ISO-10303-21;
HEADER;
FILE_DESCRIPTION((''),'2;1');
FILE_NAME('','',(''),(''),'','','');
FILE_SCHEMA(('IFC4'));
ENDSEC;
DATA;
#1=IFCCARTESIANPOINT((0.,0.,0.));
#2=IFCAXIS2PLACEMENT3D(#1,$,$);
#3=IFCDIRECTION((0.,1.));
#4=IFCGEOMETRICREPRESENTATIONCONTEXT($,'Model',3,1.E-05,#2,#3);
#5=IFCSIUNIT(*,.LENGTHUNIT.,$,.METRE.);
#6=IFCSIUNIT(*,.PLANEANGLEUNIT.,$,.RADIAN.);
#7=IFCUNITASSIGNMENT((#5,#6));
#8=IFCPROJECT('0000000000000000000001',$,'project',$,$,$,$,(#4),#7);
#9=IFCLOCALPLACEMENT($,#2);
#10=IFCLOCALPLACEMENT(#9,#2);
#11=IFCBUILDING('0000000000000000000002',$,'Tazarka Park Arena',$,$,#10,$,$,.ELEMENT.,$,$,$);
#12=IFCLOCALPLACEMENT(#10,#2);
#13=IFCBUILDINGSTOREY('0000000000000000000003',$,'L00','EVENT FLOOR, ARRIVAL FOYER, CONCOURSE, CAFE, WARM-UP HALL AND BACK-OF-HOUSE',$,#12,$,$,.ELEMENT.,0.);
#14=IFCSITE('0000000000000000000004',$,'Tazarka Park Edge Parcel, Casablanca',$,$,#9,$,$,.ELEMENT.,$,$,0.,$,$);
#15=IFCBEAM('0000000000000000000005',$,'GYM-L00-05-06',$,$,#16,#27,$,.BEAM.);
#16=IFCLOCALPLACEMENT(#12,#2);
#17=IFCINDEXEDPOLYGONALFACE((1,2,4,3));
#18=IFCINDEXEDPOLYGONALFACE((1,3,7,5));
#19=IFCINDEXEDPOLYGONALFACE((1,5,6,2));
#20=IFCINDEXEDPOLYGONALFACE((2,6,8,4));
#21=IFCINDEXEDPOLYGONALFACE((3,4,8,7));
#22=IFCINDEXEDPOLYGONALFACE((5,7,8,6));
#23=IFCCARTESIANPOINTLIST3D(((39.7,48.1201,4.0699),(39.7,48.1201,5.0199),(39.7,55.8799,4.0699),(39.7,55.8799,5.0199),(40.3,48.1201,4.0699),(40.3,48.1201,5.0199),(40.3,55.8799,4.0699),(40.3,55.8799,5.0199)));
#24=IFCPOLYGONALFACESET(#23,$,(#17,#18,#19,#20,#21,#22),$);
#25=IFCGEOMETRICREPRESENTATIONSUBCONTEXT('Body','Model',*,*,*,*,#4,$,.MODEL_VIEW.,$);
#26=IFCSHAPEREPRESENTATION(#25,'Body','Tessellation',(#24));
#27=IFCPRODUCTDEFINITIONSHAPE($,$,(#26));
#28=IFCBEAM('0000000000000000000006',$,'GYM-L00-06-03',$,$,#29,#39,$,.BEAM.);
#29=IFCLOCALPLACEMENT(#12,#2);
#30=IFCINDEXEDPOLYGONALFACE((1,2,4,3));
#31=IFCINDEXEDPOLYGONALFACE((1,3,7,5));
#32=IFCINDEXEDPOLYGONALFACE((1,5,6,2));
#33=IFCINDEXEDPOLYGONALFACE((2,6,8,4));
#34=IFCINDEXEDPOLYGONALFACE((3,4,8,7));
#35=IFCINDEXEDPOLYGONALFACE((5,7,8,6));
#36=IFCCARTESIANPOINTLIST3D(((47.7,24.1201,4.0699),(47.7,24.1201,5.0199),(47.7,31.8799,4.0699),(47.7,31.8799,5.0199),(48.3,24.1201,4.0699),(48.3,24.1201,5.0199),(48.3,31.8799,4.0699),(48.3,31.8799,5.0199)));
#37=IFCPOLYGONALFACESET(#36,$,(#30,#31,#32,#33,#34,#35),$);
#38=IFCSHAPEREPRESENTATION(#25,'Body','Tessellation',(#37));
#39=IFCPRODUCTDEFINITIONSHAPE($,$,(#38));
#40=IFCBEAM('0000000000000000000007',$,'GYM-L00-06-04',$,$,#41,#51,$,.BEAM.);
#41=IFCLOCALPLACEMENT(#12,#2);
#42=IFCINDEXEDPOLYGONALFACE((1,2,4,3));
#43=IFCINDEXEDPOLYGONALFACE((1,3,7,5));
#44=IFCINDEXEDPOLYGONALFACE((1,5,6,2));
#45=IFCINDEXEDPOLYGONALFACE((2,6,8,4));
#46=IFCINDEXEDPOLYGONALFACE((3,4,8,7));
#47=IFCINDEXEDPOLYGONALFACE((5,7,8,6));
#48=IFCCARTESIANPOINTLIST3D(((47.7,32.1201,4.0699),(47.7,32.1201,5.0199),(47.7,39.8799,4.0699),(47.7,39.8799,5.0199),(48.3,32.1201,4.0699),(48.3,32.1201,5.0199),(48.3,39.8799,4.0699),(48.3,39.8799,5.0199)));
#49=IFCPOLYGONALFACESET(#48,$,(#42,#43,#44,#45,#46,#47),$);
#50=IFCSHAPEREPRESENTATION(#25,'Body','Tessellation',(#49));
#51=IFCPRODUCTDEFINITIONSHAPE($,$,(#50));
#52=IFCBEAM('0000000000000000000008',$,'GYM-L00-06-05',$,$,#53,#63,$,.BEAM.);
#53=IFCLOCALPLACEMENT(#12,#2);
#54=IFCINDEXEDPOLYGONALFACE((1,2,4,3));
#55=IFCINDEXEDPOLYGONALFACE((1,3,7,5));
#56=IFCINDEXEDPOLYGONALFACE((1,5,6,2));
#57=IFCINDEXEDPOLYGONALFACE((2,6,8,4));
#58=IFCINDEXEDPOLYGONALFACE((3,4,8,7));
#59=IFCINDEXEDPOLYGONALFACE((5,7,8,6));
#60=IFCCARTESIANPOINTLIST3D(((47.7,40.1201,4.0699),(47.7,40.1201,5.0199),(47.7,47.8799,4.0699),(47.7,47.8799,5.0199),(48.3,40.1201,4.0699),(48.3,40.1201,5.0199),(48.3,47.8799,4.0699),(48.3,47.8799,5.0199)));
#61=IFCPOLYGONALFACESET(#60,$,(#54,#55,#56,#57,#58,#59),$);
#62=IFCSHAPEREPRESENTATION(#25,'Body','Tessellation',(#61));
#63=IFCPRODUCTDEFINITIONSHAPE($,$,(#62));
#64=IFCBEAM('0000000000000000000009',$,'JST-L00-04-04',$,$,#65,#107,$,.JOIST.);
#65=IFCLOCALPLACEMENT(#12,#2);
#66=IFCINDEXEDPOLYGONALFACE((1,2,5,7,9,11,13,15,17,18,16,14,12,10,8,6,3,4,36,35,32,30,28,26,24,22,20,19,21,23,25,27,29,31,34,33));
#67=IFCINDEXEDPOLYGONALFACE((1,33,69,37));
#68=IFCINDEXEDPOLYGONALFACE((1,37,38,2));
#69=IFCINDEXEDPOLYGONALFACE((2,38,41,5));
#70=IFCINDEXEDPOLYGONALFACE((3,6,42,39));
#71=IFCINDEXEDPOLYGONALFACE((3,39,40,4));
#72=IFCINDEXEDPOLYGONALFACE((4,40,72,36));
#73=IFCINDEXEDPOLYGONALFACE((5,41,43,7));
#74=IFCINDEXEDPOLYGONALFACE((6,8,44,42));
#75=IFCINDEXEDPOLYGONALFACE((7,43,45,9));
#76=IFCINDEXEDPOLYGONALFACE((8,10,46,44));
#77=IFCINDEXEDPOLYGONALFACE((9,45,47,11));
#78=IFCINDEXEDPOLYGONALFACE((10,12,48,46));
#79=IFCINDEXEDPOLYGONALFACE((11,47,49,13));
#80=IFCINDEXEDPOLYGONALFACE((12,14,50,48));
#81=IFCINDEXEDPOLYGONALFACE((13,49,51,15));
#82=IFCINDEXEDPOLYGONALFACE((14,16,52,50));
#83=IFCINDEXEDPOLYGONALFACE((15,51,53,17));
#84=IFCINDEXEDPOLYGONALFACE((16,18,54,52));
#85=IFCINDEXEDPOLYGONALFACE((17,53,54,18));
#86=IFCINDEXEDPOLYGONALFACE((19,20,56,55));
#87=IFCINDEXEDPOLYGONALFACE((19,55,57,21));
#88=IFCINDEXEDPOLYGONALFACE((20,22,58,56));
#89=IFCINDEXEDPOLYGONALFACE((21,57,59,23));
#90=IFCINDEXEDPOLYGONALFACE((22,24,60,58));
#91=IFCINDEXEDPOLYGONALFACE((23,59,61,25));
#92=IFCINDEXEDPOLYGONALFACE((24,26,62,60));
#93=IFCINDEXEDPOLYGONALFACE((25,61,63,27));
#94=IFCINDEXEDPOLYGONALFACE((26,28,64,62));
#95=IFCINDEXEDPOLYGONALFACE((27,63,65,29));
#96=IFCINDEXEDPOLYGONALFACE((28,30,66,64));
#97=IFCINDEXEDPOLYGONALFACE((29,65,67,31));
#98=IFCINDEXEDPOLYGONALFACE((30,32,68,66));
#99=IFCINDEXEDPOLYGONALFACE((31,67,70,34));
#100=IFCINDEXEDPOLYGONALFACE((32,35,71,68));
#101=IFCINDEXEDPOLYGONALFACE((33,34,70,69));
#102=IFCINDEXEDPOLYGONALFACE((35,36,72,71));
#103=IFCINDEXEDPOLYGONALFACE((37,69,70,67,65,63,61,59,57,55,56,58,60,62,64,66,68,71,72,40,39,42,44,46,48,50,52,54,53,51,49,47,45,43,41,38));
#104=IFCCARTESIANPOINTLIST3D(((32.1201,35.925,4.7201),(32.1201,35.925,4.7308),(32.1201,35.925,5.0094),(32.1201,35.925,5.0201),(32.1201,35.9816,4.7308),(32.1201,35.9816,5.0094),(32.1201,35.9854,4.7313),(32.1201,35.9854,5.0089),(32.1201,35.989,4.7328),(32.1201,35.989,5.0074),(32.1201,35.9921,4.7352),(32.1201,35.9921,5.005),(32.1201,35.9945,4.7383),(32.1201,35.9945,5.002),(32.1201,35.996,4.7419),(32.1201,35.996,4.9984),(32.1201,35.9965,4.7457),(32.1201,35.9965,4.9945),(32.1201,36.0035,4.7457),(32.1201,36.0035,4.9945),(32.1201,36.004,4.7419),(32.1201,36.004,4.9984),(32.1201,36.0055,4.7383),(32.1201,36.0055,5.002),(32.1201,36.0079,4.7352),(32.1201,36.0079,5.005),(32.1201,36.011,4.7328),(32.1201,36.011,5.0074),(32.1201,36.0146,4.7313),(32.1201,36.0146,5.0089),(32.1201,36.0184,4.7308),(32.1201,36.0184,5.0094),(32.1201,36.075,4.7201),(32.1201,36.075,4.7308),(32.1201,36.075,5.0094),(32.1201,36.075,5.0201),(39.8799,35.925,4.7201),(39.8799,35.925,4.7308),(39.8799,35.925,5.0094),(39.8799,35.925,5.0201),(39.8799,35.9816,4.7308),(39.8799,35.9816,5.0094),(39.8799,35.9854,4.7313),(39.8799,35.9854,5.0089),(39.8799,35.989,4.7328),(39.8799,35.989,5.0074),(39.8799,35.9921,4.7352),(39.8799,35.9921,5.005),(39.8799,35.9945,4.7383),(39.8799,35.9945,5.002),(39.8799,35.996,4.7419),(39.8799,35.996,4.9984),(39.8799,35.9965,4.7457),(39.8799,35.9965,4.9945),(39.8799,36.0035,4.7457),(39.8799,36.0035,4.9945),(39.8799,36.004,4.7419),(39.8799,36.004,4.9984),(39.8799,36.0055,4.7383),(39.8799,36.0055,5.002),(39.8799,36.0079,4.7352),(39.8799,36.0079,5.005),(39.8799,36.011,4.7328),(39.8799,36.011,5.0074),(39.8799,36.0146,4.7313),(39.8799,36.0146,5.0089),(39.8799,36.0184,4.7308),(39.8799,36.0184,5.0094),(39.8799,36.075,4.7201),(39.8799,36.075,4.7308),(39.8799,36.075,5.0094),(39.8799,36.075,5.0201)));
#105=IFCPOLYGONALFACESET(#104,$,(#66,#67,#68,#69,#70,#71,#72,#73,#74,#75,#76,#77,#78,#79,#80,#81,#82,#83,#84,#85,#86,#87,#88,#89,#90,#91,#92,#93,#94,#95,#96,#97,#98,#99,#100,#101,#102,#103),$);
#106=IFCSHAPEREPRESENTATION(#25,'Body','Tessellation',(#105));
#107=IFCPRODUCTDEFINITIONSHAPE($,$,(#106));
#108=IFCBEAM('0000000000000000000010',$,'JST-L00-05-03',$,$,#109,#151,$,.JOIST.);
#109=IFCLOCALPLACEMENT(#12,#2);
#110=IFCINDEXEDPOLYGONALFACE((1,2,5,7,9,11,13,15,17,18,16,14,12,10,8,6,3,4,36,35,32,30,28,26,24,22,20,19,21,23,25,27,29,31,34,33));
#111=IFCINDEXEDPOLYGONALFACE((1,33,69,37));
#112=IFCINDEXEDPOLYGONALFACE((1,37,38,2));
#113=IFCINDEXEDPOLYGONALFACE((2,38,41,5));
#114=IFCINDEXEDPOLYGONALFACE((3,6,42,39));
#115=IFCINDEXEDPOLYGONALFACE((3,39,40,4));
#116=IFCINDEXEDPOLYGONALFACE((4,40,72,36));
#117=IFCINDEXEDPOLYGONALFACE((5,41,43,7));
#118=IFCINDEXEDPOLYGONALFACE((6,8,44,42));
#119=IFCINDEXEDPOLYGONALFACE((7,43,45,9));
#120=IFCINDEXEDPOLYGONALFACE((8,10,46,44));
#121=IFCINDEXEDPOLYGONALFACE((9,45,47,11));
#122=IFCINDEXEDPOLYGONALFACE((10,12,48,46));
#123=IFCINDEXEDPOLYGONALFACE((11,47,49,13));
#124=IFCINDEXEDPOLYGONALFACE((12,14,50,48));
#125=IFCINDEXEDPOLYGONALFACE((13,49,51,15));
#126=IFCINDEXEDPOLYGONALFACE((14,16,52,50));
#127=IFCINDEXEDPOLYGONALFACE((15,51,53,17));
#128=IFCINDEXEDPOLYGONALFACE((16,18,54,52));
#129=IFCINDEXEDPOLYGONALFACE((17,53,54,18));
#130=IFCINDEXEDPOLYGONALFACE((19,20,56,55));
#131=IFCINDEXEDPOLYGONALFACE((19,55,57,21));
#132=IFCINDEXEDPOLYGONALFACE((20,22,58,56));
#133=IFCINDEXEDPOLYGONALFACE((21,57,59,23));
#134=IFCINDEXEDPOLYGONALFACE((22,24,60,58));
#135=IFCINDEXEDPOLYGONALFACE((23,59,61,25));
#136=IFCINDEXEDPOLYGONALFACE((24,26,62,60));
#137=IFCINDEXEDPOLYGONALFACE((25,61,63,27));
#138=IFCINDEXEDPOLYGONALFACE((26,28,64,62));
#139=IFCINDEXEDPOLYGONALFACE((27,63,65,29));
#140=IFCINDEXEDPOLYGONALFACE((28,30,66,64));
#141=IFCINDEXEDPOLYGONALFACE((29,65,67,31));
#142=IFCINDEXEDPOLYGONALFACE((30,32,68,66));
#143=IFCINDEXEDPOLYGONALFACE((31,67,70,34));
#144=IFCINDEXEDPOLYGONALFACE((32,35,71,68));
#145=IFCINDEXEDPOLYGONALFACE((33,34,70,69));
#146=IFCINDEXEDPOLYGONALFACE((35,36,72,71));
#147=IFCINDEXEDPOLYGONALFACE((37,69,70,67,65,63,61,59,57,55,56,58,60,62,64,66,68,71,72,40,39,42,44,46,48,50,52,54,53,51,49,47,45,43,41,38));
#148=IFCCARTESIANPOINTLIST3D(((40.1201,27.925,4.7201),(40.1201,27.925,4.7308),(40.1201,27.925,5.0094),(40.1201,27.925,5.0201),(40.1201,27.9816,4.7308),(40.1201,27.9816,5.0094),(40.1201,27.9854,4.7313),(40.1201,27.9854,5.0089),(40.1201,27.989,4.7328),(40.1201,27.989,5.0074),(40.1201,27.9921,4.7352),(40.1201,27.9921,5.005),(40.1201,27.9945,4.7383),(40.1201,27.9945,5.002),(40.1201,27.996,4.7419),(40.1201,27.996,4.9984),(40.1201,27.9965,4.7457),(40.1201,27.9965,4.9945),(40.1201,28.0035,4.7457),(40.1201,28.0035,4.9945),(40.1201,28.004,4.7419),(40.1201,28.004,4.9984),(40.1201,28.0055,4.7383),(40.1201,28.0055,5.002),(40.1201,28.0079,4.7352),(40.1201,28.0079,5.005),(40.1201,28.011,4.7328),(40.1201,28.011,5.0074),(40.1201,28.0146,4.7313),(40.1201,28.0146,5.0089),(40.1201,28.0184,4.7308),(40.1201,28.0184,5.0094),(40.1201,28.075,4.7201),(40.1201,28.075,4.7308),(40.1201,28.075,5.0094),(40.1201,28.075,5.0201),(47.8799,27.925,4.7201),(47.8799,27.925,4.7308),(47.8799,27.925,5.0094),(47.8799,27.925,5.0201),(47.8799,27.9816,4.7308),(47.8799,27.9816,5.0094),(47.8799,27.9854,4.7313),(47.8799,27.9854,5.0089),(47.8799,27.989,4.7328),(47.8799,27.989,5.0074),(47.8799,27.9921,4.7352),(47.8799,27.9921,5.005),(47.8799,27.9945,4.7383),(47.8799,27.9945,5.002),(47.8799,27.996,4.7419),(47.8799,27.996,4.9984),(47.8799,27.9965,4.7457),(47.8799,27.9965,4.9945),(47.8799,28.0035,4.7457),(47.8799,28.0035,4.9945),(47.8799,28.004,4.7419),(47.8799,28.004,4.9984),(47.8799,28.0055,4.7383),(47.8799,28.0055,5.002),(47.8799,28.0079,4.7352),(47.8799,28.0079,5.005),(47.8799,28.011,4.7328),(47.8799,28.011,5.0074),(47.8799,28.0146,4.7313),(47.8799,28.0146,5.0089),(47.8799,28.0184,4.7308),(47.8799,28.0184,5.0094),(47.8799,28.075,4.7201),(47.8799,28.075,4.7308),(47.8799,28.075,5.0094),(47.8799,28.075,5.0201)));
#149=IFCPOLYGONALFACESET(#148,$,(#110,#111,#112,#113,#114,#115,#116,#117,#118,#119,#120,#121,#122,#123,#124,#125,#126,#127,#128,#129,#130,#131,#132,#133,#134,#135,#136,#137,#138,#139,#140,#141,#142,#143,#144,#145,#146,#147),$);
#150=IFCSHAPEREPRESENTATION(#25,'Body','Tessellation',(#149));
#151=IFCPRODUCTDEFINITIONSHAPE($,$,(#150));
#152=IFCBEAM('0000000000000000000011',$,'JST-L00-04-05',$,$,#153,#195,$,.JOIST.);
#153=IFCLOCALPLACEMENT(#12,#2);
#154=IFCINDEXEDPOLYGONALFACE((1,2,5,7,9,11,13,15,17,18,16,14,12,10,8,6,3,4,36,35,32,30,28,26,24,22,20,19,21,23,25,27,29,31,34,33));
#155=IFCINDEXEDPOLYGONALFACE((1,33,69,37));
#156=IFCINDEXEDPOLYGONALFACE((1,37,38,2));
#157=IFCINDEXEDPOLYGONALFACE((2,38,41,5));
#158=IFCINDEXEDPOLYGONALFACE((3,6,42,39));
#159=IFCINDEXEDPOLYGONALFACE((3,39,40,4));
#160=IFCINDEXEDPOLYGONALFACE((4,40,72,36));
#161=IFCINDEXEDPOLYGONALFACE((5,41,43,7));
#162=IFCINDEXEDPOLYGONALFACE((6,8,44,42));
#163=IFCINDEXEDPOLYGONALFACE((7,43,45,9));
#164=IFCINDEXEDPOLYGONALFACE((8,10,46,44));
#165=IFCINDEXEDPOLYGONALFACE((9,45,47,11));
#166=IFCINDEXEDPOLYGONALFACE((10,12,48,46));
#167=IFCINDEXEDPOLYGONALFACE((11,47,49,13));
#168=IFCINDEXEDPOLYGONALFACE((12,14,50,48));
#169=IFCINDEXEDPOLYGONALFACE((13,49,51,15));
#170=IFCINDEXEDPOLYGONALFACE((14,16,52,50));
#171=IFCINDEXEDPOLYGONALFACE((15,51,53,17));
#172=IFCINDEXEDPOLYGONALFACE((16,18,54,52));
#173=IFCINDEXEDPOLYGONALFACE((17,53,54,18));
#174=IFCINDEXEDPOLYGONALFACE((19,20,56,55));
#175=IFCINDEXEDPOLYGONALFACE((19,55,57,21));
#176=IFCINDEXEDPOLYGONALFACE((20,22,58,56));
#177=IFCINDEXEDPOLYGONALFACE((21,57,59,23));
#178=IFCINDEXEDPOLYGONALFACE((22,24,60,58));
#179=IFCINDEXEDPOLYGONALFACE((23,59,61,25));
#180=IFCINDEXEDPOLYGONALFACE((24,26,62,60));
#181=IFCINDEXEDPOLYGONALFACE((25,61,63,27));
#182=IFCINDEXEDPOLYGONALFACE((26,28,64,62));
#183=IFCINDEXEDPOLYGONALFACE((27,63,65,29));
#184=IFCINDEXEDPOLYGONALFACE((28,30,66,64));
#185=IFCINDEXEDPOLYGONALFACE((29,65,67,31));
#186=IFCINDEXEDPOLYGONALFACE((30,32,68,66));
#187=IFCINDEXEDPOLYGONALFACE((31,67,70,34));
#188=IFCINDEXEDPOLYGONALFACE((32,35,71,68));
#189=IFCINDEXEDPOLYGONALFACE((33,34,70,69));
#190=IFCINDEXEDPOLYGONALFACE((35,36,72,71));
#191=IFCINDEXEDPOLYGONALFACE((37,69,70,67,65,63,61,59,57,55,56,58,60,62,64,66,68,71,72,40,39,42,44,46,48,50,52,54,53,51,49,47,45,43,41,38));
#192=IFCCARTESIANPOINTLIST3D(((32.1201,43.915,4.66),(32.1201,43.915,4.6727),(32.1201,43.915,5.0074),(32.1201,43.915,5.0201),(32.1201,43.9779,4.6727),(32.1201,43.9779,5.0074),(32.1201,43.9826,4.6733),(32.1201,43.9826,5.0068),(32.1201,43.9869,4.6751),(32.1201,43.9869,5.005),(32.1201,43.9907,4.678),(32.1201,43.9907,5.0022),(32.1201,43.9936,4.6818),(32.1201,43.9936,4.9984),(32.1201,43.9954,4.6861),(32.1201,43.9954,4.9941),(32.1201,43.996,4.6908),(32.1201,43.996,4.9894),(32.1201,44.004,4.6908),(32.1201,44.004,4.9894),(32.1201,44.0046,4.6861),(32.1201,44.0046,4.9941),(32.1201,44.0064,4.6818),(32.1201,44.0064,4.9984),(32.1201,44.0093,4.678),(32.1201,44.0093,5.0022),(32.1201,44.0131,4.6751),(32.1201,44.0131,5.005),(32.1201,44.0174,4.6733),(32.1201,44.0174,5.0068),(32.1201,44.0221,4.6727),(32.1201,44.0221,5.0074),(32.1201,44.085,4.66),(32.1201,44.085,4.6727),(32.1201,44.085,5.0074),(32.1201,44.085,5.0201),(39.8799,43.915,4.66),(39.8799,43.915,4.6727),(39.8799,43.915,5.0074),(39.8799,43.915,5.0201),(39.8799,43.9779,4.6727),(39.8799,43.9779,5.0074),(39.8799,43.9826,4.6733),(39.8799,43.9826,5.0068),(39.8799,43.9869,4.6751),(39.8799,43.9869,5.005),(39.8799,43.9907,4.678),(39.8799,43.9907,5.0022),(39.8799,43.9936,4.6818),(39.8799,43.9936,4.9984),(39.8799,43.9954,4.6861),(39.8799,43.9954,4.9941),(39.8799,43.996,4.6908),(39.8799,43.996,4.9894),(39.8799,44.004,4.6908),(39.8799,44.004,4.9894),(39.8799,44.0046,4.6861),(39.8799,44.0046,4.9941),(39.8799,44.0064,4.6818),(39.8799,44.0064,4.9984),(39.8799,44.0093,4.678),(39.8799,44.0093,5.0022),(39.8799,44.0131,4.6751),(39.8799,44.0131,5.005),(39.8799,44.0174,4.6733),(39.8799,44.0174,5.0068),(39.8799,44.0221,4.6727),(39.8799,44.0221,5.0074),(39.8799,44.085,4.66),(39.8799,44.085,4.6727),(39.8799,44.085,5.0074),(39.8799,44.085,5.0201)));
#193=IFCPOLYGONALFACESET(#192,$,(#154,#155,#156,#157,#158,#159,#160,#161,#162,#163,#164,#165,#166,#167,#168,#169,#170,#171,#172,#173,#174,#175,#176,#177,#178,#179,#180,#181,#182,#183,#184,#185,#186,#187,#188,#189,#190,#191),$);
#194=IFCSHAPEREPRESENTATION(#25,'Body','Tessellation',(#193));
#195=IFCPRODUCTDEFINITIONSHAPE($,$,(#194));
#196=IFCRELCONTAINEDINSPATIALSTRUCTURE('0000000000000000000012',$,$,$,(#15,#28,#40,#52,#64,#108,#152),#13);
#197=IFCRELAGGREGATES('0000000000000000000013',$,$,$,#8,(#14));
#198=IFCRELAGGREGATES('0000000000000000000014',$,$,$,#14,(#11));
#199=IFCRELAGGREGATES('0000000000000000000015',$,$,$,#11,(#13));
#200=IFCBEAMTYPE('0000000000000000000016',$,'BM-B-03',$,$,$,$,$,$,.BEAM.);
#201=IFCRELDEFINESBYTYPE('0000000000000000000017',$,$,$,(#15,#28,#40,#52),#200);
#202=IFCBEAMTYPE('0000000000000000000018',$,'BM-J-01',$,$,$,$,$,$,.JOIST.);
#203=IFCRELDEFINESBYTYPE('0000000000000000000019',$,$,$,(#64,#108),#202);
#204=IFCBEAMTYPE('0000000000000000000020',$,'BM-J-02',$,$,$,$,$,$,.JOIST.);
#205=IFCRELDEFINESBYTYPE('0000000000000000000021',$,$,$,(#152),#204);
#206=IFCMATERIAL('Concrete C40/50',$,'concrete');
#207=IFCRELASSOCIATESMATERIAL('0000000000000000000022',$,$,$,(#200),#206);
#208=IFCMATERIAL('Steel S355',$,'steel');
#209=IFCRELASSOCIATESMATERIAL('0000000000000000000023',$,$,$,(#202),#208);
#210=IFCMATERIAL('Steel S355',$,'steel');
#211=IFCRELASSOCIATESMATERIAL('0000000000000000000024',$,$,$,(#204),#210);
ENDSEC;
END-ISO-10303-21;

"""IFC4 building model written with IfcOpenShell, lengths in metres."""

from ifc_helpers import new_model, si_unit, direction, frame, origin, origin_2d, place, context, subcontext, project, spatial, rectangle, i_section, extrude, material, material_profile, profile_set, type_object, element, save


model = new_model("IFC4")

# Units and contexts
model_context = context("Model", 3, precision=1e-05, world=origin(), true_north=direction((0.0, 1.0)))
body_context = subcontext(model_context, "Body", "Model", "MODEL_VIEW")
ifc_project = project(units=[si_unit("LENGTHUNIT", "METRE"), si_unit("PLANEANGLEUNIT", "RADIAN")], contexts=[model_context])

# Site, building, storey
site_placement = place(None, origin())
site = spatial("IfcSite", under=ifc_project, at=site_placement, Name="Tazarka Park Edge Parcel, Casablanca", CompositionType="ELEMENT", RefElevation=0.0)
building_placement = place(site_placement, origin())
building = spatial("IfcBuilding", under=site, at=building_placement, Name="Tazarka Park Arena", CompositionType="ELEMENT")
storey_placement = place(building_placement, origin())
storey = spatial("IfcBuildingStorey", under=building, at=storey_placement, Name="L00", Description="EVENT FLOOR, ARRIVAL FOYER, CONCOURSE, CAFE, WARM-UP HALL AND BACK-OF-HOUSE", CompositionType="ELEMENT", Elevation=0.0)

# Beams
ifc_material_1 = material(Name="Concrete C40/50", Category="concrete")
ifc_material_profile_1 = material_profile(ifc_material_1, rectangle(XDim=0.6001, YDim=0.95, at=origin_2d()), Name="Concrete C40/50")
ifc_profile_set_1 = profile_set([ifc_material_profile_1], Name="Concrete C40/50")
beam_type_1 = type_object("IfcBeamType", Name="BM-B-03", PredefinedType="BEAM", material=ifc_profile_set_1)
for number, where, z_axis, x_axis, name in (
    (1, (40.0, 48.1201, 4.5449), (0.0, 1.0, 0.0), (-1.0, 0.0, 0.0), "GYM-L00-05-06"),
    (2, (48.0, 24.1201, 4.5449), (0.0, 1.0, 0.0), (-1.0, 0.0, 0.0), "GYM-L00-06-03"),
    (3, (48.0, 32.1201, 4.5449), (0.0, 1.0, 0.0), (-1.0, 0.0, 0.0), "GYM-L00-06-04"),
    (4, (48.0, 40.1201, 4.5449), (0.0, 1.0, 0.0), (-1.0, 0.0, 0.0), "GYM-L00-06-05"),
):
    element("IfcBeam", number, at=place(storey_placement, frame(where, z_axis=z_axis, x_axis=x_axis)), inside=storey, type_object=beam_type_1, Name=name, PredefinedType="BEAM", context=body_context, shape_type="SweptSolid", body=[
        extrude(rectangle(XDim=0.6001, YDim=0.95, at=origin_2d()), origin(), (0.0, 0.0, 1.0), 7.7598),
    ])
ifc_material_2 = material(Name="Steel S355", Category="steel")
ifc_material_profile_2 = material_profile(ifc_material_2, i_section(OverallWidth=0.1499, OverallDepth=0.3, WebThickness=0.0071, FlangeThickness=0.0107, FilletRadius=0.0149, at=origin_2d()), Name="Steel S355")
ifc_profile_set_2 = profile_set([ifc_material_profile_2], Name="Steel S355")
beam_type_2 = type_object("IfcBeamType", Name="BM-J-01", PredefinedType="JOIST", material=ifc_profile_set_2)
for number, where, z_axis, x_axis, name in (
    (5, (32.1201, 36.0, 4.8701), (1.0, 0.0, 0.0), (0.0, 1.0, 0.0), "JST-L00-04-04"),
    (6, (40.1201, 28.0, 4.8701), (1.0, 0.0, 0.0), (0.0, 1.0, 0.0), "JST-L00-05-03"),
):
    element("IfcBeam", number, at=place(storey_placement, frame(where, z_axis=z_axis, x_axis=x_axis)), inside=storey, type_object=beam_type_2, Name=name, PredefinedType="JOIST", context=body_context, shape_type="SweptSolid", body=[
        extrude(i_section(OverallWidth=0.1499, OverallDepth=0.3, WebThickness=0.0071, FlangeThickness=0.0107, FilletRadius=0.0149, at=origin_2d()), origin(), (0.0, 0.0, 1.0), 7.7598),
    ])
ifc_material_3 = material(Name="Steel S355", Category="steel")
ifc_material_profile_3 = material_profile(ifc_material_3, i_section(OverallWidth=0.1699, OverallDepth=0.3601, WebThickness=0.0081, FlangeThickness=0.0127, FilletRadius=0.0181, at=origin_2d()), Name="Steel S355")
ifc_profile_set_3 = profile_set([ifc_material_profile_3], Name="Steel S355")
beam_type_3 = type_object("IfcBeamType", Name="BM-J-02", PredefinedType="JOIST", material=ifc_profile_set_3)
for number, where, z_axis, x_axis, name in (
    (7, (32.1201, 44.0, 4.8401), (1.0, 0.0, 0.0), (0.0, 1.0, 0.0), "JST-L00-04-05"),
):
    element("IfcBeam", number, at=place(storey_placement, frame(where, z_axis=z_axis, x_axis=x_axis)), inside=storey, type_object=beam_type_3, Name=name, PredefinedType="JOIST", context=body_context, shape_type="SweptSolid", body=[
        extrude(i_section(OverallWidth=0.1699, OverallDepth=0.3601, WebThickness=0.0081, FlangeThickness=0.0127, FilletRadius=0.0181, at=origin_2d()), origin(), (0.0, 0.0, 1.0), 7.7598),
    ])

save(model, "model.ifc")
